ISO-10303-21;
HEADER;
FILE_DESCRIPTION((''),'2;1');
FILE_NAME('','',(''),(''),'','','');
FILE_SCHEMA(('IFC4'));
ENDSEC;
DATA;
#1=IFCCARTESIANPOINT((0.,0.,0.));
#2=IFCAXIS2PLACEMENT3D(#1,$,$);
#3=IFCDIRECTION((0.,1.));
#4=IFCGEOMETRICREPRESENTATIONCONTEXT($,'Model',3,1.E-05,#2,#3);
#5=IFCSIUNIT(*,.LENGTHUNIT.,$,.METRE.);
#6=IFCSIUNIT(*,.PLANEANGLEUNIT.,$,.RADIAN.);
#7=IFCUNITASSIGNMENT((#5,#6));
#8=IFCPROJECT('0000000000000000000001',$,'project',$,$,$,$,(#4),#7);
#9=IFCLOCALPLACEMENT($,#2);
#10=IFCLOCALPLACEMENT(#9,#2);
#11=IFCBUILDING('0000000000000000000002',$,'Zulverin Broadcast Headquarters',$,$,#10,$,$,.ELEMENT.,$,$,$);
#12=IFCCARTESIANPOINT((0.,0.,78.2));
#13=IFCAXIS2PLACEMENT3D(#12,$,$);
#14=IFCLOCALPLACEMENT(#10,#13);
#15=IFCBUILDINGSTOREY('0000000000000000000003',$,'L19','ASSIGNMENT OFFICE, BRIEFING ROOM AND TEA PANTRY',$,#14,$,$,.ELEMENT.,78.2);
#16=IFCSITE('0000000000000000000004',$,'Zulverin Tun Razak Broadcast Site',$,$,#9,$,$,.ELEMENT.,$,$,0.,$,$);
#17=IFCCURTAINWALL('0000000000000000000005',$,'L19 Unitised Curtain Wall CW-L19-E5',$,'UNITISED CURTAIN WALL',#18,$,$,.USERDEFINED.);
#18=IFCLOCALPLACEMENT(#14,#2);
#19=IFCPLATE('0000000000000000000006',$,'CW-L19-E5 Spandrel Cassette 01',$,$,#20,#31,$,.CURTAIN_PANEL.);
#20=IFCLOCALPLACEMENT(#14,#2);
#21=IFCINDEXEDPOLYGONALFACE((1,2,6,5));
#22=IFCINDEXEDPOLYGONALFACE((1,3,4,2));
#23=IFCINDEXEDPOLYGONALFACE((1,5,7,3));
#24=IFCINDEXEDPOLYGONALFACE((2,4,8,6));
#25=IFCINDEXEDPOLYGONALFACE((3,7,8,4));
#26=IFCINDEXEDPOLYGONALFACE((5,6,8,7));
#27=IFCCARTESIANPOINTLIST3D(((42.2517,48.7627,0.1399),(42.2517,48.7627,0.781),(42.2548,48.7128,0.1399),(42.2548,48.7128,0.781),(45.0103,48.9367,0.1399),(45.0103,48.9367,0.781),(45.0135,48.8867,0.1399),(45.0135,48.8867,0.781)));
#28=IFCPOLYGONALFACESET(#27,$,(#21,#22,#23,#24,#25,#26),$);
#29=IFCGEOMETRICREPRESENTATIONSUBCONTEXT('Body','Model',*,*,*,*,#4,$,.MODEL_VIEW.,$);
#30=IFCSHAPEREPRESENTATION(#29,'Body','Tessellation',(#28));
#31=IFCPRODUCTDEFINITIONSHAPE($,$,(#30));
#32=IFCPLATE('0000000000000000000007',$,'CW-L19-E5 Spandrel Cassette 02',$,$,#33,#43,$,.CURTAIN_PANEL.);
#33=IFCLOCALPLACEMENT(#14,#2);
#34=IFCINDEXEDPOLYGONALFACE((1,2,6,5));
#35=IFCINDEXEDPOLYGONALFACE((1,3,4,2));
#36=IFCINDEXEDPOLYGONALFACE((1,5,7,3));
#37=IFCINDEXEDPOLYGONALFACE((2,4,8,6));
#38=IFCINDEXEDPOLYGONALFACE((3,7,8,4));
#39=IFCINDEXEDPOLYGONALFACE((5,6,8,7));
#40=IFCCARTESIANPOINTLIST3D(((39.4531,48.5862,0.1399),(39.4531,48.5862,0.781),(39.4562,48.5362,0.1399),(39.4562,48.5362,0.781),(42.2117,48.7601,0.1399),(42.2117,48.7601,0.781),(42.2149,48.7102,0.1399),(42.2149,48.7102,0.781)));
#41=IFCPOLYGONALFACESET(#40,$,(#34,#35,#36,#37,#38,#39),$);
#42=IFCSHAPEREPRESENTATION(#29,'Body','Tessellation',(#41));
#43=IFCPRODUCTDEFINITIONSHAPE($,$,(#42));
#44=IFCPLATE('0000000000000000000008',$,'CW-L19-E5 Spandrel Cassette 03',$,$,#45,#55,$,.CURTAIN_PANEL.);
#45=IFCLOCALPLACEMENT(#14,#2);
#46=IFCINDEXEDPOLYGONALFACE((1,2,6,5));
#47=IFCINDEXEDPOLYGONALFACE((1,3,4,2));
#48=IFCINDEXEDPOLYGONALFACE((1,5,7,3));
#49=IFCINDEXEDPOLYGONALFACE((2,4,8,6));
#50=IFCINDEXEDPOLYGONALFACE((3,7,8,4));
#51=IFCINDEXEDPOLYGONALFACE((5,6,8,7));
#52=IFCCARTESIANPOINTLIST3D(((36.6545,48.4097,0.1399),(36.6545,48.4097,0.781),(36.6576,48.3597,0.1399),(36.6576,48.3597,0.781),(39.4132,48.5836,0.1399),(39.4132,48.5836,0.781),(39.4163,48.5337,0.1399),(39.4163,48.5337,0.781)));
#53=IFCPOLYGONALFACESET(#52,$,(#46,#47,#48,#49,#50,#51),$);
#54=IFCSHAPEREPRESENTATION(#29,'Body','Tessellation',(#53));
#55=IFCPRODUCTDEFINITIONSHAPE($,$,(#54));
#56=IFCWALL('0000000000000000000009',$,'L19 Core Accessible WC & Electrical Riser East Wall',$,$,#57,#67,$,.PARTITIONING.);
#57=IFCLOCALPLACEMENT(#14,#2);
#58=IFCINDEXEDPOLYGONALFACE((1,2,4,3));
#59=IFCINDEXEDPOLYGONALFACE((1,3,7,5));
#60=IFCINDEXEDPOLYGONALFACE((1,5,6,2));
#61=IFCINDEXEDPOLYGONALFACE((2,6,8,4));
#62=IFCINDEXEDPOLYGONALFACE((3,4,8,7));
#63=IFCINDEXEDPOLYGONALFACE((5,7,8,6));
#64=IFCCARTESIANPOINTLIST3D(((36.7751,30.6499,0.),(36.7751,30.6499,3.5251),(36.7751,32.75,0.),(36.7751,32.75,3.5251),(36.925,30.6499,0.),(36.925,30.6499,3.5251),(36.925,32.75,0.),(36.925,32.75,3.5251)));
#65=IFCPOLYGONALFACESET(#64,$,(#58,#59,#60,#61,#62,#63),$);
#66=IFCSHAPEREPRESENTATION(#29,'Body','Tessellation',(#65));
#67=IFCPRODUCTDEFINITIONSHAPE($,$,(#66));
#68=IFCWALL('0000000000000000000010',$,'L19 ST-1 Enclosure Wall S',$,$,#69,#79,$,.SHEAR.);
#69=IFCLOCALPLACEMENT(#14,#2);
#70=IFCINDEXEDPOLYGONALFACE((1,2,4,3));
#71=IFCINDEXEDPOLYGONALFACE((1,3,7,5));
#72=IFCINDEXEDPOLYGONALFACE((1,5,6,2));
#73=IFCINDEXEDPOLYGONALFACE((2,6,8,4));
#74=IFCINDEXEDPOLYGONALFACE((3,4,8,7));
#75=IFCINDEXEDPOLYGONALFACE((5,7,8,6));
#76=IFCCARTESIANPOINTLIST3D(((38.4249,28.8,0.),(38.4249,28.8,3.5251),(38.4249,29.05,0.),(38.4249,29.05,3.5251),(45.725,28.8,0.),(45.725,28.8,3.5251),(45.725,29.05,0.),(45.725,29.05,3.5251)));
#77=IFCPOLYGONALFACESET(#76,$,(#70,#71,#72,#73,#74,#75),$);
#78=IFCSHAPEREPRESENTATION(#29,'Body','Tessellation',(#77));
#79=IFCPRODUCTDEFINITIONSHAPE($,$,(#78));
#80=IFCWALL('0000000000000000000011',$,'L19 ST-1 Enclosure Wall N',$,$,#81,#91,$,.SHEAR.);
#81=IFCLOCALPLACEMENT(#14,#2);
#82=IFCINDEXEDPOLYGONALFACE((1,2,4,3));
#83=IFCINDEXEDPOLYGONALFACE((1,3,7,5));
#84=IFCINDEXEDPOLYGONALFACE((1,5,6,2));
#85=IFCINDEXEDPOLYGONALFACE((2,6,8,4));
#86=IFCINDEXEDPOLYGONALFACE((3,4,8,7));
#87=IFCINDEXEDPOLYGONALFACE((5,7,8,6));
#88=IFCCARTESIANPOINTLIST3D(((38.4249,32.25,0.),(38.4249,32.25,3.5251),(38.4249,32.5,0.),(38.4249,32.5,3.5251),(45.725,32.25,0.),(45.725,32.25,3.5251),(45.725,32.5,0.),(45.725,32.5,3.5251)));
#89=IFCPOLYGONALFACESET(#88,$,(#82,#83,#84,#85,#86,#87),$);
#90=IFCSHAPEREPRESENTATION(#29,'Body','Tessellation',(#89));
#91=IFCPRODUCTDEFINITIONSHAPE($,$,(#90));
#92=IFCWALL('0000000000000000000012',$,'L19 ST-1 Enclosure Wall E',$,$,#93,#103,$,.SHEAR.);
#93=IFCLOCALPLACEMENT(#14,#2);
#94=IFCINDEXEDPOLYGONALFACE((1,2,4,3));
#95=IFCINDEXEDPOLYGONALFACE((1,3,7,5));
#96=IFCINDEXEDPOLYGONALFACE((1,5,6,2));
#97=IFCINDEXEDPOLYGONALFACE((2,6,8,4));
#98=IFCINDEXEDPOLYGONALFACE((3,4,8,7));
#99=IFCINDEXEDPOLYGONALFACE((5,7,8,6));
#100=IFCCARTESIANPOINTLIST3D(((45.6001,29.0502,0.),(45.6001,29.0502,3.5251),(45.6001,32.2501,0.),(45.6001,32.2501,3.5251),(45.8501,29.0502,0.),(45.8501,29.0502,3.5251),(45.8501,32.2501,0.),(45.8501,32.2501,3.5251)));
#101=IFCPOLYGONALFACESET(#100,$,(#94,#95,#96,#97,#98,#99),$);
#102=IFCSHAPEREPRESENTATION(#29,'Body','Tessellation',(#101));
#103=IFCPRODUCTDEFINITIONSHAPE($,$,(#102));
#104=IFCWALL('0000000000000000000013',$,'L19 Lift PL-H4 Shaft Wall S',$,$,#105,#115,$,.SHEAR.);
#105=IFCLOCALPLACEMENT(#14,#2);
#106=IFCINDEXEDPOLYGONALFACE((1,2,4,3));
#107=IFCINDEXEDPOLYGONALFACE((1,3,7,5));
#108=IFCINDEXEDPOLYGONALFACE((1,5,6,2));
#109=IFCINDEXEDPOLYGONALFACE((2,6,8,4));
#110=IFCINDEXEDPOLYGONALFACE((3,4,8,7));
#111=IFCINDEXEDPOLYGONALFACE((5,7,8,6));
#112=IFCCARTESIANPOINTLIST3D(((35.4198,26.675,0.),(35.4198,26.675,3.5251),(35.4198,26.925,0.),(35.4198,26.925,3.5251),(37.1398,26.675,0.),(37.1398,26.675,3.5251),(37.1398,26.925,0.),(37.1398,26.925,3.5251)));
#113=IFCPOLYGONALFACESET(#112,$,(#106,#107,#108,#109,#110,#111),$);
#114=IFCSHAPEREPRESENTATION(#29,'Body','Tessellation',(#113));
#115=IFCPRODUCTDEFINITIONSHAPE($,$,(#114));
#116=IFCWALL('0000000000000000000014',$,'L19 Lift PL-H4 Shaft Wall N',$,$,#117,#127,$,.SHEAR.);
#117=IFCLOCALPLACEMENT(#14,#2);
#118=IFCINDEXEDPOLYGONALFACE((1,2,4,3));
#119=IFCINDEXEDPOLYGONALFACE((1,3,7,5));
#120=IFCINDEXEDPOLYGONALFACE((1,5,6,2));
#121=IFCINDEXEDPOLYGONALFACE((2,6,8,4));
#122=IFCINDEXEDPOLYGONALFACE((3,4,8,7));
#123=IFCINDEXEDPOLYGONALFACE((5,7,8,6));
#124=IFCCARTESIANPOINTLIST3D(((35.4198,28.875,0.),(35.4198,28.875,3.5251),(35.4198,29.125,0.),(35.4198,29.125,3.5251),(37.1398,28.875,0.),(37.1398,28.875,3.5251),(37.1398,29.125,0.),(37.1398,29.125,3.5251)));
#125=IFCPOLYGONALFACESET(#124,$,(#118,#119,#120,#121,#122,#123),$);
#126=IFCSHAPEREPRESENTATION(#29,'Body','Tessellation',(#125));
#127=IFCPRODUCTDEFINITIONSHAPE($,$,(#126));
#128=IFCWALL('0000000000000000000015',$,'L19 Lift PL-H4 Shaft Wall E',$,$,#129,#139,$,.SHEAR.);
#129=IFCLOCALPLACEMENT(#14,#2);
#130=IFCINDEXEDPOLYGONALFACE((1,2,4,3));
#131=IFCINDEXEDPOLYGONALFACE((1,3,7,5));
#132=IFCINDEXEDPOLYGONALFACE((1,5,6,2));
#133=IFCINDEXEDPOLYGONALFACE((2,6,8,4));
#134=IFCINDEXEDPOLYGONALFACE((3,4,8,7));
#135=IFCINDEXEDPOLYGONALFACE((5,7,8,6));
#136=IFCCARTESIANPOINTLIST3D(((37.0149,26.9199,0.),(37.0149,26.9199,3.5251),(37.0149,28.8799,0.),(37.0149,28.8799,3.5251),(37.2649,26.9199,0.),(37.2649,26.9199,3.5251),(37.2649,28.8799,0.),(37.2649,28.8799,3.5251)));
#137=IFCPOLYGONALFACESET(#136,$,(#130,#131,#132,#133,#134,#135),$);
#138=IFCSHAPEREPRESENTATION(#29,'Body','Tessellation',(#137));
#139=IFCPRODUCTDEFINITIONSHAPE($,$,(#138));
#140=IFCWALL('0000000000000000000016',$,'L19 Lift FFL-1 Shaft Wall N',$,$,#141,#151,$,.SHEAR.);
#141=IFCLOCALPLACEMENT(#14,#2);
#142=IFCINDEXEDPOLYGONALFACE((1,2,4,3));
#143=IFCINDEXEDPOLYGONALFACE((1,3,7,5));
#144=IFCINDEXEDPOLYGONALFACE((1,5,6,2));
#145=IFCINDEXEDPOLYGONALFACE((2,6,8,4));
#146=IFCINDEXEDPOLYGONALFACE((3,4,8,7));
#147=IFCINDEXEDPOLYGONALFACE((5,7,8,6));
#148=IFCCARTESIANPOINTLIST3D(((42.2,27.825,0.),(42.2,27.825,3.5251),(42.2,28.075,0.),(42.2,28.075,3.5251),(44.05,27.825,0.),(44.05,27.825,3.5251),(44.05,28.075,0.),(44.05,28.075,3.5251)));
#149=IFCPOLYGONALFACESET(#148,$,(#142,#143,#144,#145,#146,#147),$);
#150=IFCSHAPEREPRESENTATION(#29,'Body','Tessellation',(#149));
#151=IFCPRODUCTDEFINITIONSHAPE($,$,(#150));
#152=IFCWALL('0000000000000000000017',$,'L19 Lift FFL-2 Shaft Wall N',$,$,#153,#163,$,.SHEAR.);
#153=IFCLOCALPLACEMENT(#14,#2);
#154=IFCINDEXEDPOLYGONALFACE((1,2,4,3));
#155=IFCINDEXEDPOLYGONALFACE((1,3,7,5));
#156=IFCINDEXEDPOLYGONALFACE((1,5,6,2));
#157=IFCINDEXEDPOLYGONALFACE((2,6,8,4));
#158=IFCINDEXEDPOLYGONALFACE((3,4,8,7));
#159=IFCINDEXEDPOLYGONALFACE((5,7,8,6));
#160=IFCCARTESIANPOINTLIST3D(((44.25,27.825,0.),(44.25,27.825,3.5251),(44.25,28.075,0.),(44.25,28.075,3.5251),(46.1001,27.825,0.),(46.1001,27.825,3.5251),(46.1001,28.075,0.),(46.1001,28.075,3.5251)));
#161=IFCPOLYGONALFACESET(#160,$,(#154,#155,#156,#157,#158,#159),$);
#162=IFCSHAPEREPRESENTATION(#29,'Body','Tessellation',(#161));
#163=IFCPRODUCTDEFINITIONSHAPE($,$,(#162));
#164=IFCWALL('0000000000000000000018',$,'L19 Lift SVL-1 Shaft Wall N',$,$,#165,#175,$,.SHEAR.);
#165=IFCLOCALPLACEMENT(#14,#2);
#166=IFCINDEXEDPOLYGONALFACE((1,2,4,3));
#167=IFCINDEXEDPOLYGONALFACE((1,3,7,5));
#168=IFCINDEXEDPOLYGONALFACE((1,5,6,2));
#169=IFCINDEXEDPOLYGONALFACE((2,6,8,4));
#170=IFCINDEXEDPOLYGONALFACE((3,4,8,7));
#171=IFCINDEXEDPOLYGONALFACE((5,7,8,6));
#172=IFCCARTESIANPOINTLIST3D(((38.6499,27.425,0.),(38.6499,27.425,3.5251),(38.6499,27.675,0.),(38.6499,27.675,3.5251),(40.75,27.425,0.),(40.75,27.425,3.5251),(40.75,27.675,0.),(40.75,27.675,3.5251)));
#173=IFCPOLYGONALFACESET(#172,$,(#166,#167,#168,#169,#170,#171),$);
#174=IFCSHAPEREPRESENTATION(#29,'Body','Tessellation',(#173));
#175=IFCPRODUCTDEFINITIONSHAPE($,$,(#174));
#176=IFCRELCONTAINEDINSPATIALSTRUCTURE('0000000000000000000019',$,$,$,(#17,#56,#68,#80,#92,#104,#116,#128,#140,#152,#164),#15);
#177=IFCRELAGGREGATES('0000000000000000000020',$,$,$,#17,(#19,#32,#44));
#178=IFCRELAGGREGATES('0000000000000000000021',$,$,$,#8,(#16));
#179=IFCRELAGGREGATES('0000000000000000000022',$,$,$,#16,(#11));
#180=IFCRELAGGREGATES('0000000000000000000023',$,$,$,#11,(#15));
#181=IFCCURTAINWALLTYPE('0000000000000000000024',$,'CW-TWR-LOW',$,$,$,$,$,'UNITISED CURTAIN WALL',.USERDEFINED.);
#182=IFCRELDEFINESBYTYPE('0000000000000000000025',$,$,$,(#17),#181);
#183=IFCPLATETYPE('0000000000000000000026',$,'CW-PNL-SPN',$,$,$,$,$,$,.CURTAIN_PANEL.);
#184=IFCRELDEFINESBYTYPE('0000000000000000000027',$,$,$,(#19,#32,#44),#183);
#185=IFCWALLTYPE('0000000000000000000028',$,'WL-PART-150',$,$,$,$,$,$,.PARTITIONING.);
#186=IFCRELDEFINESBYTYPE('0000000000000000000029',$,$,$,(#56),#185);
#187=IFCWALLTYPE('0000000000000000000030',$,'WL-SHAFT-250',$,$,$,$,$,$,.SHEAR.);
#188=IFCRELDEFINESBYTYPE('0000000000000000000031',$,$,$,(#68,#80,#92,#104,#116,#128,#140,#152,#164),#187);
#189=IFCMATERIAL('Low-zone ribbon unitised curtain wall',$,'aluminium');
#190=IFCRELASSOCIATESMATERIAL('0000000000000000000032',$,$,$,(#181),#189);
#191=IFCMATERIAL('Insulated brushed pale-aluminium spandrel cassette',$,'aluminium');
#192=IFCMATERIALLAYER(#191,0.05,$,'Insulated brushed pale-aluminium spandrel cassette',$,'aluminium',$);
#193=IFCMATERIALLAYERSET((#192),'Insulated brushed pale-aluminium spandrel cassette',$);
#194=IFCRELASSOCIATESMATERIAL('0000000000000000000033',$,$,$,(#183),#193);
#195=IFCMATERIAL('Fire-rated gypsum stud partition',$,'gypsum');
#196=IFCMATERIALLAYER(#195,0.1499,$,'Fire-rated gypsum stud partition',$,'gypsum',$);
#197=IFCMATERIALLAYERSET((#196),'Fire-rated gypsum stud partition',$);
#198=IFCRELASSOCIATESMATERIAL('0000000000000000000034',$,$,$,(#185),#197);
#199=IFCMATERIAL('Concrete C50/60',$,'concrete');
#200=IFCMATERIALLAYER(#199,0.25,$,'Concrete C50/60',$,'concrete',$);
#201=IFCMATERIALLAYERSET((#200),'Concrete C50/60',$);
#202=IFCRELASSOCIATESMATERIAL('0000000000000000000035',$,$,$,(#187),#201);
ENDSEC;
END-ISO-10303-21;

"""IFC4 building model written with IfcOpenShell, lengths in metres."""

from ifc_helpers import new_model, si_unit, direction, frame, frame_2d, origin, origin_2d, place, context, subcontext, project, spatial, rectangle, extrude, material, layer, layer_set, type_object, element, aggregate, save


model = new_model("IFC4")

# Units and contexts
model_context = context("Model", 3, precision=1e-05, world=origin(), true_north=direction((0.0, 1.0)))
body_context = subcontext(model_context, "Body", "Model", "MODEL_VIEW")
ifc_project = project(units=[si_unit("LENGTHUNIT", "METRE"), si_unit("PLANEANGLEUNIT", "RADIAN")], contexts=[model_context])

# Site, building, storey
site_placement = place(None, origin())
site = spatial("IfcSite", under=ifc_project, at=site_placement, Name="Zulverin Tun Razak Broadcast Site", CompositionType="ELEMENT", RefElevation=0.0)
building_placement = place(site_placement, origin())
building = spatial("IfcBuilding", under=site, at=building_placement, Name="Zulverin Broadcast Headquarters", CompositionType="ELEMENT")
storey_placement = place(building_placement, frame((0.0, 0.0, 78.2)))
storey = spatial("IfcBuildingStorey", under=building, at=storey_placement, Name="L19", Description="ASSIGNMENT OFFICE, BRIEFING ROOM AND TEA PANTRY", CompositionType="ELEMENT", Elevation=78.2)

# Curtain wall, plates
ifc_material_1 = material(Name="Low-zone ribbon unitised curtain wall", Category="aluminium")
curtain_wall_type = type_object("IfcCurtainWallType", Name="CW-TWR-LOW", ElementType="UNITISED CURTAIN WALL", PredefinedType="USERDEFINED", material=ifc_material_1)
curtain_wall_placement = place(storey_placement, origin())
curtain_wall = element("IfcCurtainWall", 1, at=curtain_wall_placement, inside=storey, type_object=curtain_wall_type, Name="L19 Unitised Curtain Wall CW-L19-E5", ObjectType="UNITISED CURTAIN WALL", PredefinedType="USERDEFINED")
ifc_material_2 = material(Name="Insulated brushed pale-aluminium spandrel cassette", Category="aluminium")
ifc_layer_1 = layer(ifc_material_2, 0.05, Name="Insulated brushed pale-aluminium spandrel cassette", Category="aluminium")
ifc_layer_set_1 = layer_set([ifc_layer_1], Name="Insulated brushed pale-aluminium spandrel cassette")
plate_type_1 = type_object("IfcPlateType", Name="CW-PNL-SPN", PredefinedType="CURTAIN_PANEL", material=ifc_layer_set_1)
plate_1_placement = place(storey_placement, frame((43.6326, 48.8247, 0.1399), z_axis=(0.0, 0.0, 1.0), x_axis=(-0.998018, -0.062935, 0.0)))
plate_1 = element("IfcPlate", 2, at=plate_1_placement, type_object=plate_type_1, Name="CW-L19-E5 Spandrel Cassette 01", PredefinedType="CURTAIN_PANEL", context=body_context, shape_type="SweptSolid", body=[
    extrude(rectangle(XDim=2.7642, YDim=0.05, at=origin_2d()), origin(), (0.0, 0.0, 1.0), 0.6411),
])
plate_2_placement = place(storey_placement, frame((40.834, 48.6482, 0.1399), z_axis=(0.0, 0.0, 1.0), x_axis=(-0.998018, -0.062935, 0.0)))
plate_2 = element("IfcPlate", 3, at=plate_2_placement, type_object=plate_type_1, Name="CW-L19-E5 Spandrel Cassette 02", PredefinedType="CURTAIN_PANEL", context=body_context, shape_type="SweptSolid", body=[
    extrude(rectangle(XDim=2.7642, YDim=0.05, at=origin_2d()), origin(), (0.0, 0.0, 1.0), 0.6411),
])
plate_3_placement = place(storey_placement, frame((38.0354, 48.4717, 0.1399), z_axis=(0.0, 0.0, 1.0), x_axis=(-0.998018, -0.062935, 0.0)))
plate_3 = element("IfcPlate", 4, at=plate_3_placement, type_object=plate_type_1, Name="CW-L19-E5 Spandrel Cassette 03", PredefinedType="CURTAIN_PANEL", context=body_context, shape_type="SweptSolid", body=[
    extrude(rectangle(XDim=2.7642, YDim=0.05, at=origin_2d()), origin(), (0.0, 0.0, 1.0), 0.6411),
])
aggregate(curtain_wall, [plate_1, plate_2, plate_3])

# Walls
ifc_material_3 = material(Name="Fire-rated gypsum stud partition", Category="gypsum")
ifc_layer_2 = layer(ifc_material_3, 0.1499, Name="Fire-rated gypsum stud partition", Category="gypsum")
ifc_layer_set_2 = layer_set([ifc_layer_2], Name="Fire-rated gypsum stud partition")
wall_type_1 = type_object("IfcWallType", Name="WL-PART-150", PredefinedType="PARTITIONING", material=ifc_layer_set_2)
wall_1_placement = place(storey_placement, frame((36.8501, 30.6499, 0.0), z_axis=(0.0, 0.0, 1.0), x_axis=(0.0, 1.0, 0.0)))
element("IfcWall", 5, at=wall_1_placement, inside=storey, type_object=wall_type_1, Name="L19 Core Accessible WC & Electrical Riser East Wall", PredefinedType="PARTITIONING", context=body_context, shape_type="SweptSolid", body=[
    extrude(rectangle(XDim=2.1001, YDim=0.1499, at=frame_2d((1.05, 0.0))), origin(), (0.0, 0.0, 1.0), 3.5251),
])
ifc_material_4 = material(Name="Concrete C50/60", Category="concrete")
ifc_layer_3 = layer(ifc_material_4, 0.25, Name="Concrete C50/60", Category="concrete")
ifc_layer_set_3 = layer_set([ifc_layer_3], Name="Concrete C50/60")
wall_type_2 = type_object("IfcWallType", Name="WL-SHAFT-250", PredefinedType="SHEAR", material=ifc_layer_set_3)
for number, where, z_axis, x_axis, name in (
    (6, (38.425, 28.925, 0.0), (0.0, 0.0, 1.0), (1.0, 0.0, 0.0), "L19 ST-1 Enclosure Wall S"),
    (7, (38.425, 32.375, 0.0), (0.0, 0.0, 1.0), (1.0, 0.0, 0.0), "L19 ST-1 Enclosure Wall N"),
):
    element("IfcWall", number, at=place(storey_placement, frame(where, z_axis=z_axis, x_axis=x_axis)), inside=storey, type_object=wall_type_2, Name=name, PredefinedType="SHEAR", context=body_context, shape_type="SweptSolid", body=[
        extrude(rectangle(XDim=7.3, YDim=0.25, at=frame_2d((3.6499, 0.0))), origin(), (0.0, 0.0, 1.0), 3.5251),
    ])

# Walls
wall_2_placement = place(storey_placement, frame((45.7251, 29.05, 0.0), z_axis=(0.0, 0.0, 1.0), x_axis=(0.0, 1.0, 0.0)))
element("IfcWall", 8, at=wall_2_placement, inside=storey, type_object=wall_type_2, Name="L19 ST-1 Enclosure Wall E", PredefinedType="SHEAR", context=body_context, shape_type="SweptSolid", body=[
    extrude(rectangle(XDim=3.2, YDim=0.25, at=frame_2d((1.6001, 0.0))), origin(), (0.0, 0.0, 1.0), 3.5251),
])
for number, where, z_axis, x_axis, name in (
    (9, (35.4199, 26.8, 0.0), (0.0, 0.0, 1.0), (1.0, 0.0, 0.0), "L19 Lift PL-H4 Shaft Wall S"),
    (10, (35.4199, 29.0, 0.0), (0.0, 0.0, 1.0), (1.0, 0.0, 0.0), "L19 Lift PL-H4 Shaft Wall N"),
):
    element("IfcWall", number, at=place(storey_placement, frame(where, z_axis=z_axis, x_axis=x_axis)), inside=storey, type_object=wall_type_2, Name=name, PredefinedType="SHEAR", context=body_context, shape_type="SweptSolid", body=[
        extrude(rectangle(XDim=1.72, YDim=0.25, at=frame_2d((0.8599, 0.0))), origin(), (0.0, 0.0, 1.0), 3.5251),
    ])
wall_3_placement = place(storey_placement, frame((37.1399, 26.9199, 0.0), z_axis=(0.0, 0.0, 1.0), x_axis=(0.0, 1.0, 0.0)))
element("IfcWall", 11, at=wall_3_placement, inside=storey, type_object=wall_type_2, Name="L19 Lift PL-H4 Shaft Wall E", PredefinedType="SHEAR", context=body_context, shape_type="SweptSolid", body=[
    extrude(rectangle(XDim=1.96, YDim=0.25, at=frame_2d((0.98, 0.0))), origin(), (0.0, 0.0, 1.0), 3.5251),
])
for number, where, z_axis, x_axis, name in (
    (12, (42.2, 27.95, 0.0), (0.0, 0.0, 1.0), (1.0, 0.0, 0.0), "L19 Lift FFL-1 Shaft Wall N"),
    (13, (44.25, 27.95, 0.0), (0.0, 0.0, 1.0), (1.0, 0.0, 0.0), "L19 Lift FFL-2 Shaft Wall N"),
):
    element("IfcWall", number, at=place(storey_placement, frame(where, z_axis=z_axis, x_axis=x_axis)), inside=storey, type_object=wall_type_2, Name=name, PredefinedType="SHEAR", context=body_context, shape_type="SweptSolid", body=[
        extrude(rectangle(XDim=1.8501, YDim=0.25, at=frame_2d((0.925, 0.0))), origin(), (0.0, 0.0, 1.0), 3.5251),
    ])
wall_4_placement = place(storey_placement, frame((38.6499, 27.55, 0.0), z_axis=(0.0, 0.0, 1.0), x_axis=(1.0, 0.0, 0.0)))
element("IfcWall", 14, at=wall_4_placement, inside=storey, type_object=wall_type_2, Name="L19 Lift SVL-1 Shaft Wall N", PredefinedType="SHEAR", context=body_context, shape_type="SweptSolid", body=[
    extrude(rectangle(XDim=2.1001, YDim=0.25, at=frame_2d((1.05, 0.0))), origin(), (0.0, 0.0, 1.0), 3.5251),
])

save(model, "model.ifc")
